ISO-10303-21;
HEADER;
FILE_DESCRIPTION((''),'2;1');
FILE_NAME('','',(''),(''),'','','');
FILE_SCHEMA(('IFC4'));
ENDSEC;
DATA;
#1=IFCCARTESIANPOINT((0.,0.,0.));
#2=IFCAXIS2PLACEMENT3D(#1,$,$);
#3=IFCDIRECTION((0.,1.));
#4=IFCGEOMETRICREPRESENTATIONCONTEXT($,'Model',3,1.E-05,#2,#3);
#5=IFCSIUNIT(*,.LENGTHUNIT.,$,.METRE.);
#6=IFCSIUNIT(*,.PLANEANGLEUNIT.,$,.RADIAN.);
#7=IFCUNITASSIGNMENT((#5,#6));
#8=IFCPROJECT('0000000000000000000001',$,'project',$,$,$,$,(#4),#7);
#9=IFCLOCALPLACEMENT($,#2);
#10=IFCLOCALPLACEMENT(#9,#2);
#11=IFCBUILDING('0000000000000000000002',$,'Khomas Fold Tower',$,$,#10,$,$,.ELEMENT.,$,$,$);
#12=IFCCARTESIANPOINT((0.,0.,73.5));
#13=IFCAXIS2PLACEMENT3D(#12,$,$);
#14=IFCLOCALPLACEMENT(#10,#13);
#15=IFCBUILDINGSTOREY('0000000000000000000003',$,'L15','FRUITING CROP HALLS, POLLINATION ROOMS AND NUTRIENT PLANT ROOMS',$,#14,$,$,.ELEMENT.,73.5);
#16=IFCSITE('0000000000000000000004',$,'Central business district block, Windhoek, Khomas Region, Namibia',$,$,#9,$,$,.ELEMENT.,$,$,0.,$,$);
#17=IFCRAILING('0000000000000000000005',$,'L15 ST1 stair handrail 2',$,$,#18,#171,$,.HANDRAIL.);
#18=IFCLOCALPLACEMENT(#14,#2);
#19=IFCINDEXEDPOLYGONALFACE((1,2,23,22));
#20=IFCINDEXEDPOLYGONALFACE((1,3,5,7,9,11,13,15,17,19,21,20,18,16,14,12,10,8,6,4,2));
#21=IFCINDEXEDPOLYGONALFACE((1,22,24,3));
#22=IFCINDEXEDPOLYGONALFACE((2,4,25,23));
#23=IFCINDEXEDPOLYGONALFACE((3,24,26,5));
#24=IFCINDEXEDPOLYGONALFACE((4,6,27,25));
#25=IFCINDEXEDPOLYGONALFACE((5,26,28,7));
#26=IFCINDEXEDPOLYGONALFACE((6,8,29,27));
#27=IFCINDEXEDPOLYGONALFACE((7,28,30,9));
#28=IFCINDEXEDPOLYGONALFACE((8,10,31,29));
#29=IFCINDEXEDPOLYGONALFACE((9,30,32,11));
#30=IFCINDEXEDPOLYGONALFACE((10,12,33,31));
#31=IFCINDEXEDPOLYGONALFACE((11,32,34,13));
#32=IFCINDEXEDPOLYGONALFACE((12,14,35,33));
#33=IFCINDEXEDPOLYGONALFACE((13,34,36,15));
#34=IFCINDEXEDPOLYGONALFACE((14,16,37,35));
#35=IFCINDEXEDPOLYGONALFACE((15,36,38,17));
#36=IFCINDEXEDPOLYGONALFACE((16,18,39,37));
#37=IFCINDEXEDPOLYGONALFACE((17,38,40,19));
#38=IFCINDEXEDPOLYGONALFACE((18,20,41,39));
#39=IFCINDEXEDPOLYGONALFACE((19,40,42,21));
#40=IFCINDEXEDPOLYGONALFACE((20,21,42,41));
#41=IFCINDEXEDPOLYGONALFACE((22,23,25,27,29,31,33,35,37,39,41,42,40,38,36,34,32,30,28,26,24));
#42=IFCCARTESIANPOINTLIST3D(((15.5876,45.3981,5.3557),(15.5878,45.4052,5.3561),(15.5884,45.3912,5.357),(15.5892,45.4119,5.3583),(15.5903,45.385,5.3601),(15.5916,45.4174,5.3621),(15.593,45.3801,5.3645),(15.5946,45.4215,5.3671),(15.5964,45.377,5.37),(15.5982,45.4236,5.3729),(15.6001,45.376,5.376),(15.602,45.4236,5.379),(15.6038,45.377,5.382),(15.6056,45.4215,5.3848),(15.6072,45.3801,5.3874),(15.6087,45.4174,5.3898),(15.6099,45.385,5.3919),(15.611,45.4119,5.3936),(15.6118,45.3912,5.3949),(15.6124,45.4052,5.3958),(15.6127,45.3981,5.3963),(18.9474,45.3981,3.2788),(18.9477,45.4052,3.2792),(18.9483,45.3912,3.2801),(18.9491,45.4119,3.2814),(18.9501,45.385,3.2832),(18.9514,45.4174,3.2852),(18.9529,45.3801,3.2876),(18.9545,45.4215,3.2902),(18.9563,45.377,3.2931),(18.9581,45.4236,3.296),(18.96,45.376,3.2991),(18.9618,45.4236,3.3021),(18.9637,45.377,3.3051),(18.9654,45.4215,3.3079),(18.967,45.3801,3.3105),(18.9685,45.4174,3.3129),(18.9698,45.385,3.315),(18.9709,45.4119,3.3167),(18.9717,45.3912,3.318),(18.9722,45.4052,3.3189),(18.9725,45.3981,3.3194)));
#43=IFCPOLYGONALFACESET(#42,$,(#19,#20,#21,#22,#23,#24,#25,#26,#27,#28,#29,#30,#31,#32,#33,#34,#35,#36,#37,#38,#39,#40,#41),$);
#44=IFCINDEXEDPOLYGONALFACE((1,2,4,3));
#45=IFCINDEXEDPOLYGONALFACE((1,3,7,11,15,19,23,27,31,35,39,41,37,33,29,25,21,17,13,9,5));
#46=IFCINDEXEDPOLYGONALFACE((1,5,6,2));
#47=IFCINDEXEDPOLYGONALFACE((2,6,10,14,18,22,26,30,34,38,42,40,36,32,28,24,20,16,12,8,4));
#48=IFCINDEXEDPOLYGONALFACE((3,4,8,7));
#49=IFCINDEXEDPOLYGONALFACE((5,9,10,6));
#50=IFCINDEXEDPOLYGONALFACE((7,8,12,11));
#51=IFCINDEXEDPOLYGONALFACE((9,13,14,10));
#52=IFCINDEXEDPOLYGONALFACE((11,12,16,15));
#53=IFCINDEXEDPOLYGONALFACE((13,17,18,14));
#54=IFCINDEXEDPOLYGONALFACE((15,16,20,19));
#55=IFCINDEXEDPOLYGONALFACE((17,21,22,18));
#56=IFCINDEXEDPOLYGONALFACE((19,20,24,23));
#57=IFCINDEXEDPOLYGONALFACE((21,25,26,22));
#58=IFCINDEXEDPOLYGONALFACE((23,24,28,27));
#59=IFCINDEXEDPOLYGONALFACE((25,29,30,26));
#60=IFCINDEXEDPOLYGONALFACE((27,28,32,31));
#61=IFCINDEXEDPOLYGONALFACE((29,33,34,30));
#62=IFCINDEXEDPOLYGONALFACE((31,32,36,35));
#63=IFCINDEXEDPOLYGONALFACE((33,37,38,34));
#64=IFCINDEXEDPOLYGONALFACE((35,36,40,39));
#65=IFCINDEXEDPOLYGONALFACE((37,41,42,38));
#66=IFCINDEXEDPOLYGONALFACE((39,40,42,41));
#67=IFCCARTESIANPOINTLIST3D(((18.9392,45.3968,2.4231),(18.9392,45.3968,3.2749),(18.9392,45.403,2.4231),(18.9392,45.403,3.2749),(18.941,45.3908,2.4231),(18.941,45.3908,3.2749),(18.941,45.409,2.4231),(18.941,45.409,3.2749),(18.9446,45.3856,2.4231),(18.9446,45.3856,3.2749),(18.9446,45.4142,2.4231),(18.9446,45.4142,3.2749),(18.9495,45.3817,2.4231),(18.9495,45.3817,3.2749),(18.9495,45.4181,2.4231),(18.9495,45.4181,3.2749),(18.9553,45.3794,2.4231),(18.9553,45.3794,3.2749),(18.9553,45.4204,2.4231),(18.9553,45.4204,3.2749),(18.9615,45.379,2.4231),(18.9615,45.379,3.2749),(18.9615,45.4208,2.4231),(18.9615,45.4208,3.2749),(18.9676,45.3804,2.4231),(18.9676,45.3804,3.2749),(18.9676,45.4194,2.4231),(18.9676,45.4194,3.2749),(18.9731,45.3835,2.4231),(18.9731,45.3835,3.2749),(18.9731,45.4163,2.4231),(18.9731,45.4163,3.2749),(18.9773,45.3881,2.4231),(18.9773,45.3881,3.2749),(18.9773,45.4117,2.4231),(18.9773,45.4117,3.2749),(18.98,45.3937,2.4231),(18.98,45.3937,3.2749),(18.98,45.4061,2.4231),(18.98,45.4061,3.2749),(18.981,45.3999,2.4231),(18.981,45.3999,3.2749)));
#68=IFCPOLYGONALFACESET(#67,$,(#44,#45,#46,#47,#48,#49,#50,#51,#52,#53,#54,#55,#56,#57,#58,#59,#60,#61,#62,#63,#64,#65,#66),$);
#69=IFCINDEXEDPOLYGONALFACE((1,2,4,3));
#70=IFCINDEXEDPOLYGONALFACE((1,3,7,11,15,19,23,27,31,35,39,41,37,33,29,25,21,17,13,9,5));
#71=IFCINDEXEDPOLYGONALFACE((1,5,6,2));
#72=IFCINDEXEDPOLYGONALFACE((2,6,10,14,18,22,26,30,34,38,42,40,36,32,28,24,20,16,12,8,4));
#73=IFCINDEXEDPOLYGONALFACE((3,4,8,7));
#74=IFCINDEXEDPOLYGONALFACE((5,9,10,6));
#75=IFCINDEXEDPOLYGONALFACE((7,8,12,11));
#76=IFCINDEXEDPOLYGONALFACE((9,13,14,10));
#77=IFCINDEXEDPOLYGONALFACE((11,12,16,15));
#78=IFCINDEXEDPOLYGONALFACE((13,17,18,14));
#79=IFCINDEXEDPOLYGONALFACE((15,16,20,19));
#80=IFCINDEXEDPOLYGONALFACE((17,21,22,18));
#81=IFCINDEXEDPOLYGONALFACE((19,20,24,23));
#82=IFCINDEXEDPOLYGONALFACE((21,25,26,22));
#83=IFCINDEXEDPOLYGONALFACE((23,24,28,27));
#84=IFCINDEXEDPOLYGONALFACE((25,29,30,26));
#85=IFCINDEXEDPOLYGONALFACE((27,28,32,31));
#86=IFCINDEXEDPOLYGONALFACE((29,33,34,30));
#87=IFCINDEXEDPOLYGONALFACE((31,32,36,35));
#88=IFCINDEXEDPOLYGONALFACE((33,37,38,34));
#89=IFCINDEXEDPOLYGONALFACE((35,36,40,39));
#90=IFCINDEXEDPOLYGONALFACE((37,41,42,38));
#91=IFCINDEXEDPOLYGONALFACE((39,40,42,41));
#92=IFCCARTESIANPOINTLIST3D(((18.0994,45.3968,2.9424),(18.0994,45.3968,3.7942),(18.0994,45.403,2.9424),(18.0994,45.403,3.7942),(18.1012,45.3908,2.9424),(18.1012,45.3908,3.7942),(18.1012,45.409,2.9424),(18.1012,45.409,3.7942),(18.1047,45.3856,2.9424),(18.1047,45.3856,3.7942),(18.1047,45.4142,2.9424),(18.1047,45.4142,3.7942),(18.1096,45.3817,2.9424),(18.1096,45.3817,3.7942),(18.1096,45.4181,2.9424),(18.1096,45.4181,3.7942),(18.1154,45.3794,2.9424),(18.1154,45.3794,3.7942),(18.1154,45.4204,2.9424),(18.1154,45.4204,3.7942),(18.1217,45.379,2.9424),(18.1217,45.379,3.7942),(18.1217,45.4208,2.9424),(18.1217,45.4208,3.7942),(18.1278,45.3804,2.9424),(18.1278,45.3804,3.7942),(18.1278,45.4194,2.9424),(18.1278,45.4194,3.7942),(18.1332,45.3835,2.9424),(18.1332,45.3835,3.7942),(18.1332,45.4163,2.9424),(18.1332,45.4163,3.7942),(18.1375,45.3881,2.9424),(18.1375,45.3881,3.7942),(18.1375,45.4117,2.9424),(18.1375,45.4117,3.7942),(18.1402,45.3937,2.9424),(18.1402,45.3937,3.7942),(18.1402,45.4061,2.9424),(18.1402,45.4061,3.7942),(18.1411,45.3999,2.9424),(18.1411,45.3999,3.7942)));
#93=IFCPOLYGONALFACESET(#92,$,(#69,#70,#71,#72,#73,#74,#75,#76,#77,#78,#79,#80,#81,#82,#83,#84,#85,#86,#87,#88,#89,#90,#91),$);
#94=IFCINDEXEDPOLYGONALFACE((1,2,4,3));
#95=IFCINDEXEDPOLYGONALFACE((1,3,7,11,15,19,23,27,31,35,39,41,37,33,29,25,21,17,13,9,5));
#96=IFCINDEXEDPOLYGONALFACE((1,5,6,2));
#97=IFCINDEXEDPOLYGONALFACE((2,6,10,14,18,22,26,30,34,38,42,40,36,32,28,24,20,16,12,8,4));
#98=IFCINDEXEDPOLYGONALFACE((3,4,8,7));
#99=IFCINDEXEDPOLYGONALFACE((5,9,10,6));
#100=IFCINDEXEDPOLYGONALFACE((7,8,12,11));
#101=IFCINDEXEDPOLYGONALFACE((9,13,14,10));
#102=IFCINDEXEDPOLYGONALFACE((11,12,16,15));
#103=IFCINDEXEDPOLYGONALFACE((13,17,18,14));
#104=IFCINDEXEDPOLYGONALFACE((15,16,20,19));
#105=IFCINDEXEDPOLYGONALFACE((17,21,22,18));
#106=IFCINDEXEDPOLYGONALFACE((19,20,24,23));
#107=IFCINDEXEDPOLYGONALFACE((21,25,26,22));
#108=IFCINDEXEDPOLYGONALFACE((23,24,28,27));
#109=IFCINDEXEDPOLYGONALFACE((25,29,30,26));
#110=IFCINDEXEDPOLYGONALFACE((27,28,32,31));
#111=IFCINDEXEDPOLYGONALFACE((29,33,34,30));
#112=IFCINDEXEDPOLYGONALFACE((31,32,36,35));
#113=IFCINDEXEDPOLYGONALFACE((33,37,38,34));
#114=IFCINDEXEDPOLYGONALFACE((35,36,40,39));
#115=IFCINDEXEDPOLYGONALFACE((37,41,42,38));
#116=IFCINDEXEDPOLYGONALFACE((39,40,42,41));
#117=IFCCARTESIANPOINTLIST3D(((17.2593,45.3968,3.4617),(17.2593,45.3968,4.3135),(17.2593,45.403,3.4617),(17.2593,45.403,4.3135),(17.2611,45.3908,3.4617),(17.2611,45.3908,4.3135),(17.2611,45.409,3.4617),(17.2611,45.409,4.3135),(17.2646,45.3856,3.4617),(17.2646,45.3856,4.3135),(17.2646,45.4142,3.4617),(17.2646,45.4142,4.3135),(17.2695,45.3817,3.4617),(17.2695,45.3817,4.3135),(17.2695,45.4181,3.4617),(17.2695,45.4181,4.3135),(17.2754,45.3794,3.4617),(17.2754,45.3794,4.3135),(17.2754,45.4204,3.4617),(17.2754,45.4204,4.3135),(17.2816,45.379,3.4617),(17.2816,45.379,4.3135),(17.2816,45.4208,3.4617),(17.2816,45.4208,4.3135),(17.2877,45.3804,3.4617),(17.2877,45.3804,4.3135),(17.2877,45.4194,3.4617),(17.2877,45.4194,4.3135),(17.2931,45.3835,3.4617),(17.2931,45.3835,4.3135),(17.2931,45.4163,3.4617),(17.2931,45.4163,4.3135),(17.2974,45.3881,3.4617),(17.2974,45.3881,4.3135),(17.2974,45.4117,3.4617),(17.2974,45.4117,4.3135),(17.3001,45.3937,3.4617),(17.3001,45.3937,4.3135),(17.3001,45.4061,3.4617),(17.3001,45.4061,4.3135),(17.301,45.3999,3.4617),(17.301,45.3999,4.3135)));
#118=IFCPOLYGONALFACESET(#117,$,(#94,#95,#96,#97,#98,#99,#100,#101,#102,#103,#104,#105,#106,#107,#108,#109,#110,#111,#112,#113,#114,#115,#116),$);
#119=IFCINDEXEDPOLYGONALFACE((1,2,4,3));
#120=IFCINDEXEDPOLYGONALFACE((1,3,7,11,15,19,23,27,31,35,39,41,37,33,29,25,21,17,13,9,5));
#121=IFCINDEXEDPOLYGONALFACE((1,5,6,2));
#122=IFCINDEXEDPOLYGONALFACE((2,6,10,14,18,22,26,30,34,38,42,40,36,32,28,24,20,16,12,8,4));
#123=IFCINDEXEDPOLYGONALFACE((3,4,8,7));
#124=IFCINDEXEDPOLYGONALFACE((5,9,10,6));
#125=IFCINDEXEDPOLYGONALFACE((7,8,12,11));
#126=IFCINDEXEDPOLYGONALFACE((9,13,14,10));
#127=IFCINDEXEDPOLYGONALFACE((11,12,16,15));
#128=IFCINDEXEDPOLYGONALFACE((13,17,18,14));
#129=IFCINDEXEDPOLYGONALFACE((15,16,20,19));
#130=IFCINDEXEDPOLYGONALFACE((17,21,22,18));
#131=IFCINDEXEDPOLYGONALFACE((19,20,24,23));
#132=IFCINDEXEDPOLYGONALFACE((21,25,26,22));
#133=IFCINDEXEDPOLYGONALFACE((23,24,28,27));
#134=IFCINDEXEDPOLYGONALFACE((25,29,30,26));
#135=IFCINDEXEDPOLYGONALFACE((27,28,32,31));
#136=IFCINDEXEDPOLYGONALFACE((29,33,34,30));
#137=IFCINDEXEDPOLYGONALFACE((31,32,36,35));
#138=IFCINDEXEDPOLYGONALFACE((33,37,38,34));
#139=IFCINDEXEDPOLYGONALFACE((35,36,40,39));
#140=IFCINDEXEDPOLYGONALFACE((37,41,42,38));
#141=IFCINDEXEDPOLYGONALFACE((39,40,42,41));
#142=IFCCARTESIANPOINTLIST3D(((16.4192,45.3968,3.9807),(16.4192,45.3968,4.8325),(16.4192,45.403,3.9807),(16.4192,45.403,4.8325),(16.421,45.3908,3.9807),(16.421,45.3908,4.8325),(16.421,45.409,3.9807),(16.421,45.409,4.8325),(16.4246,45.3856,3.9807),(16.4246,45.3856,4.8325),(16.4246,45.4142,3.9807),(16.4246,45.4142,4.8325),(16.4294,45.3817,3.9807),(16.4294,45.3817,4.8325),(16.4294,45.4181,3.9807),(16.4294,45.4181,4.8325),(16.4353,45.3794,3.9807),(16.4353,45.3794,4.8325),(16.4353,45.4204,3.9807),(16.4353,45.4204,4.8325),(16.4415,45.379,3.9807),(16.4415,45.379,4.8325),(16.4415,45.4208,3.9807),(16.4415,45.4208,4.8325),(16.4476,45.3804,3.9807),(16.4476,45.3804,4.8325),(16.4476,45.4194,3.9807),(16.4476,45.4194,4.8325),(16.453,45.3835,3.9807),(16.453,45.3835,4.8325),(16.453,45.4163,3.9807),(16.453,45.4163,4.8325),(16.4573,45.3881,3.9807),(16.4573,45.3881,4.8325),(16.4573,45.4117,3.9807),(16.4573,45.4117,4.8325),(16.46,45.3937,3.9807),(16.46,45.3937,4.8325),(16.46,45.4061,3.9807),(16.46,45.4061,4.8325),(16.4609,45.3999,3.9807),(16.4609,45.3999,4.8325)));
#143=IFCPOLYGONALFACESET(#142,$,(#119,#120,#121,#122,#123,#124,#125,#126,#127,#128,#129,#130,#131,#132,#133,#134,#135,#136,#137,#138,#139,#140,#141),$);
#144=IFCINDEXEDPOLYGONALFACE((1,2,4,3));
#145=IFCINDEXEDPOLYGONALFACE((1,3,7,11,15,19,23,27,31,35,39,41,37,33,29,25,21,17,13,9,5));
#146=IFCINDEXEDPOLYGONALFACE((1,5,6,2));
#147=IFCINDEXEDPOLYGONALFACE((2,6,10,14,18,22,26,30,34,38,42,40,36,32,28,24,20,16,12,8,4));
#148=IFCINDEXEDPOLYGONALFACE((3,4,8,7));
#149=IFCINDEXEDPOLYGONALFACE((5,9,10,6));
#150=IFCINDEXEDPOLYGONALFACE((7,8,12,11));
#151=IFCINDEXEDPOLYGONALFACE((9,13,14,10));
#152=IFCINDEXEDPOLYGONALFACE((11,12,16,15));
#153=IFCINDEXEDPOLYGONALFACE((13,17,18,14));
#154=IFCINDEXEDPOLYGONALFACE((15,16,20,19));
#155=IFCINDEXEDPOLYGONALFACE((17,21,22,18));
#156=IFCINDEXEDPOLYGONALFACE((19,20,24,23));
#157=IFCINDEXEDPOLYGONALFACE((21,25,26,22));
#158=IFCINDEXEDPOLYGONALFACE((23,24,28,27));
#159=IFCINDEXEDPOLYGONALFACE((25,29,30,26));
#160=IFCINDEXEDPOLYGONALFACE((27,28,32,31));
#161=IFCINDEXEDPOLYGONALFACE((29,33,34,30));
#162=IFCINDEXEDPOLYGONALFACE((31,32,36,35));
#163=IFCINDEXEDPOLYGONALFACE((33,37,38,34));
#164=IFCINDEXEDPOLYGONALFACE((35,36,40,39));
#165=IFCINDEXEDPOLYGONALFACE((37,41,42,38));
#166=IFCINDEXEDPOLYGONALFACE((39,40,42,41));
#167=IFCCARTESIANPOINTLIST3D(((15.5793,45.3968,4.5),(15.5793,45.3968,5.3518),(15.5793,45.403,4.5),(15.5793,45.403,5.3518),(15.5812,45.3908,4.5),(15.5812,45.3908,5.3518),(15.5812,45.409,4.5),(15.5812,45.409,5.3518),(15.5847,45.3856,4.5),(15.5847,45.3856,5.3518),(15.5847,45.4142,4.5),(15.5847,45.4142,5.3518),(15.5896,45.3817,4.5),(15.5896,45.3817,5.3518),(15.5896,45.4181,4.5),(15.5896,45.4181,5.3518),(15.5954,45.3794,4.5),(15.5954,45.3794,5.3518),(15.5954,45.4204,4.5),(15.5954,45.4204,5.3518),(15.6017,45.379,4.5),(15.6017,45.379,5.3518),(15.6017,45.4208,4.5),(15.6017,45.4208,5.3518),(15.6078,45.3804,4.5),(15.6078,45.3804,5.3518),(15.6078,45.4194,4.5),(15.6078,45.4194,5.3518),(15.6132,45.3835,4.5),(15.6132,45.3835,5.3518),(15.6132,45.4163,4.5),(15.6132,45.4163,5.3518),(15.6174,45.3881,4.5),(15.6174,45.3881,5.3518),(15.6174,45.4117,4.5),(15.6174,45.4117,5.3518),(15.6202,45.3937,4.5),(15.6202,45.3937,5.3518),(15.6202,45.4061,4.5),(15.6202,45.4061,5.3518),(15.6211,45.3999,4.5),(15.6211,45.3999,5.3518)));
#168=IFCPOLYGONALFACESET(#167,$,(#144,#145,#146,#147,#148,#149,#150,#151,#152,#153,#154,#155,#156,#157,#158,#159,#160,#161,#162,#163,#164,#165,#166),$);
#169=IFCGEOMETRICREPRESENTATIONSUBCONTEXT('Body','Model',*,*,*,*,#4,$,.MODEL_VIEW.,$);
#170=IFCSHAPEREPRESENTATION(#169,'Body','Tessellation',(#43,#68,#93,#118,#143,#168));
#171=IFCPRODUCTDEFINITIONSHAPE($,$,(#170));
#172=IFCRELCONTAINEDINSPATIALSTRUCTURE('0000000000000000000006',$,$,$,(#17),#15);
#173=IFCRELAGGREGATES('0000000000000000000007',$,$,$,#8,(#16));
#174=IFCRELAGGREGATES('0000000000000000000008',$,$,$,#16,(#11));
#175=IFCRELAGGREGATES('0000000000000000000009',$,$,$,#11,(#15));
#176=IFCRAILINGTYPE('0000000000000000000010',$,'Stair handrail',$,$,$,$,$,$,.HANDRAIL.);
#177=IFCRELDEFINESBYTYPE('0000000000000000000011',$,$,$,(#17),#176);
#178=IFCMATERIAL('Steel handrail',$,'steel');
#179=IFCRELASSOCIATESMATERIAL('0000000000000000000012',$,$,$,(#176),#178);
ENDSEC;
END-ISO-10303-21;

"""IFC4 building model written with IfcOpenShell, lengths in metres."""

from ifc_helpers import new_model, si_unit, direction, frame, origin, origin_2d, place, context, subcontext, project, spatial, circle, extrude, source, transform, mapped, material, type_object, element, save


model = new_model("IFC4")

# Units and contexts
model_context = context("Model", 3, precision=1e-05, world=origin(), true_north=direction((0.0, 1.0)))
body_context = subcontext(model_context, "Body", "Model", "MODEL_VIEW")
ifc_project = project(units=[si_unit("LENGTHUNIT", "METRE"), si_unit("PLANEANGLEUNIT", "RADIAN")], contexts=[model_context])

# Site, building, storey
site_placement = place(None, origin())
site = spatial("IfcSite", under=ifc_project, at=site_placement, Name="Central business district block, Windhoek, Khomas Region, Namibia", CompositionType="ELEMENT", RefElevation=0.0)
building_placement = place(site_placement, origin())
building = spatial("IfcBuilding", under=site, at=building_placement, Name="Khomas Fold Tower", CompositionType="ELEMENT")
storey_placement = place(building_placement, frame((0.0, 0.0, 73.5)))
storey = spatial("IfcBuildingStorey", under=building, at=storey_placement, Name="L15", Description="FRUITING CROP HALLS, POLLINATION ROOMS AND NUTRIENT PLANT ROOMS", CompositionType="ELEMENT", Elevation=73.5)

# Railing
ifc_material_1 = material(Name="Steel handrail", Category="steel")
railing_type_1 = type_object("IfcRailingType", Name="Stair handrail", PredefinedType="HANDRAIL", material=ifc_material_1)
shared_shape_1 = source(origin(), body_context, "Body", "SweptSolid", [
    extrude(circle(Radius=0.0239, at=origin_2d()), frame((0.0, 0.0, 0.876), z_axis=(-0.850606, 0.0, 0.525803), x_axis=(0.0, -1.0, 0.0)), (0.0, 0.0, 1.0), 3.95),
    extrude(circle(Radius=0.021, at=origin_2d()), origin(), (0.0, 0.0, 1.0), 0.8518),
    extrude(circle(Radius=0.021, at=origin_2d()), frame((-0.8398, 0.0, 0.5193)), (0.0, 0.0, 1.0), 0.8518),
    extrude(circle(Radius=0.021, at=origin_2d()), frame((-1.6799, 0.0, 1.0386)), (0.0, 0.0, 1.0), 0.8518),
    extrude(circle(Radius=0.021, at=origin_2d()), frame((-2.52, 0.0, 1.5576)), (0.0, 0.0, 1.0), 0.8518),
    extrude(circle(Radius=0.021, at=origin_2d()), frame((-3.3599, 0.0, 2.0769)), (0.0, 0.0, 1.0), 0.8518),
])
railing_1_placement = place(storey_placement, frame((18.96, 45.3999, 2.4231)))
element("IfcRailing", 1, at=railing_1_placement, inside=storey, type_object=railing_type_1, Name="L15 ST1 stair handrail 2", PredefinedType="HANDRAIL", context=body_context, shape_type="MappedRepresentation", body=[
    mapped(shared_shape_1, transform((0.0, 0.0, 0.0))),
])

save(model, "model.ifc")
